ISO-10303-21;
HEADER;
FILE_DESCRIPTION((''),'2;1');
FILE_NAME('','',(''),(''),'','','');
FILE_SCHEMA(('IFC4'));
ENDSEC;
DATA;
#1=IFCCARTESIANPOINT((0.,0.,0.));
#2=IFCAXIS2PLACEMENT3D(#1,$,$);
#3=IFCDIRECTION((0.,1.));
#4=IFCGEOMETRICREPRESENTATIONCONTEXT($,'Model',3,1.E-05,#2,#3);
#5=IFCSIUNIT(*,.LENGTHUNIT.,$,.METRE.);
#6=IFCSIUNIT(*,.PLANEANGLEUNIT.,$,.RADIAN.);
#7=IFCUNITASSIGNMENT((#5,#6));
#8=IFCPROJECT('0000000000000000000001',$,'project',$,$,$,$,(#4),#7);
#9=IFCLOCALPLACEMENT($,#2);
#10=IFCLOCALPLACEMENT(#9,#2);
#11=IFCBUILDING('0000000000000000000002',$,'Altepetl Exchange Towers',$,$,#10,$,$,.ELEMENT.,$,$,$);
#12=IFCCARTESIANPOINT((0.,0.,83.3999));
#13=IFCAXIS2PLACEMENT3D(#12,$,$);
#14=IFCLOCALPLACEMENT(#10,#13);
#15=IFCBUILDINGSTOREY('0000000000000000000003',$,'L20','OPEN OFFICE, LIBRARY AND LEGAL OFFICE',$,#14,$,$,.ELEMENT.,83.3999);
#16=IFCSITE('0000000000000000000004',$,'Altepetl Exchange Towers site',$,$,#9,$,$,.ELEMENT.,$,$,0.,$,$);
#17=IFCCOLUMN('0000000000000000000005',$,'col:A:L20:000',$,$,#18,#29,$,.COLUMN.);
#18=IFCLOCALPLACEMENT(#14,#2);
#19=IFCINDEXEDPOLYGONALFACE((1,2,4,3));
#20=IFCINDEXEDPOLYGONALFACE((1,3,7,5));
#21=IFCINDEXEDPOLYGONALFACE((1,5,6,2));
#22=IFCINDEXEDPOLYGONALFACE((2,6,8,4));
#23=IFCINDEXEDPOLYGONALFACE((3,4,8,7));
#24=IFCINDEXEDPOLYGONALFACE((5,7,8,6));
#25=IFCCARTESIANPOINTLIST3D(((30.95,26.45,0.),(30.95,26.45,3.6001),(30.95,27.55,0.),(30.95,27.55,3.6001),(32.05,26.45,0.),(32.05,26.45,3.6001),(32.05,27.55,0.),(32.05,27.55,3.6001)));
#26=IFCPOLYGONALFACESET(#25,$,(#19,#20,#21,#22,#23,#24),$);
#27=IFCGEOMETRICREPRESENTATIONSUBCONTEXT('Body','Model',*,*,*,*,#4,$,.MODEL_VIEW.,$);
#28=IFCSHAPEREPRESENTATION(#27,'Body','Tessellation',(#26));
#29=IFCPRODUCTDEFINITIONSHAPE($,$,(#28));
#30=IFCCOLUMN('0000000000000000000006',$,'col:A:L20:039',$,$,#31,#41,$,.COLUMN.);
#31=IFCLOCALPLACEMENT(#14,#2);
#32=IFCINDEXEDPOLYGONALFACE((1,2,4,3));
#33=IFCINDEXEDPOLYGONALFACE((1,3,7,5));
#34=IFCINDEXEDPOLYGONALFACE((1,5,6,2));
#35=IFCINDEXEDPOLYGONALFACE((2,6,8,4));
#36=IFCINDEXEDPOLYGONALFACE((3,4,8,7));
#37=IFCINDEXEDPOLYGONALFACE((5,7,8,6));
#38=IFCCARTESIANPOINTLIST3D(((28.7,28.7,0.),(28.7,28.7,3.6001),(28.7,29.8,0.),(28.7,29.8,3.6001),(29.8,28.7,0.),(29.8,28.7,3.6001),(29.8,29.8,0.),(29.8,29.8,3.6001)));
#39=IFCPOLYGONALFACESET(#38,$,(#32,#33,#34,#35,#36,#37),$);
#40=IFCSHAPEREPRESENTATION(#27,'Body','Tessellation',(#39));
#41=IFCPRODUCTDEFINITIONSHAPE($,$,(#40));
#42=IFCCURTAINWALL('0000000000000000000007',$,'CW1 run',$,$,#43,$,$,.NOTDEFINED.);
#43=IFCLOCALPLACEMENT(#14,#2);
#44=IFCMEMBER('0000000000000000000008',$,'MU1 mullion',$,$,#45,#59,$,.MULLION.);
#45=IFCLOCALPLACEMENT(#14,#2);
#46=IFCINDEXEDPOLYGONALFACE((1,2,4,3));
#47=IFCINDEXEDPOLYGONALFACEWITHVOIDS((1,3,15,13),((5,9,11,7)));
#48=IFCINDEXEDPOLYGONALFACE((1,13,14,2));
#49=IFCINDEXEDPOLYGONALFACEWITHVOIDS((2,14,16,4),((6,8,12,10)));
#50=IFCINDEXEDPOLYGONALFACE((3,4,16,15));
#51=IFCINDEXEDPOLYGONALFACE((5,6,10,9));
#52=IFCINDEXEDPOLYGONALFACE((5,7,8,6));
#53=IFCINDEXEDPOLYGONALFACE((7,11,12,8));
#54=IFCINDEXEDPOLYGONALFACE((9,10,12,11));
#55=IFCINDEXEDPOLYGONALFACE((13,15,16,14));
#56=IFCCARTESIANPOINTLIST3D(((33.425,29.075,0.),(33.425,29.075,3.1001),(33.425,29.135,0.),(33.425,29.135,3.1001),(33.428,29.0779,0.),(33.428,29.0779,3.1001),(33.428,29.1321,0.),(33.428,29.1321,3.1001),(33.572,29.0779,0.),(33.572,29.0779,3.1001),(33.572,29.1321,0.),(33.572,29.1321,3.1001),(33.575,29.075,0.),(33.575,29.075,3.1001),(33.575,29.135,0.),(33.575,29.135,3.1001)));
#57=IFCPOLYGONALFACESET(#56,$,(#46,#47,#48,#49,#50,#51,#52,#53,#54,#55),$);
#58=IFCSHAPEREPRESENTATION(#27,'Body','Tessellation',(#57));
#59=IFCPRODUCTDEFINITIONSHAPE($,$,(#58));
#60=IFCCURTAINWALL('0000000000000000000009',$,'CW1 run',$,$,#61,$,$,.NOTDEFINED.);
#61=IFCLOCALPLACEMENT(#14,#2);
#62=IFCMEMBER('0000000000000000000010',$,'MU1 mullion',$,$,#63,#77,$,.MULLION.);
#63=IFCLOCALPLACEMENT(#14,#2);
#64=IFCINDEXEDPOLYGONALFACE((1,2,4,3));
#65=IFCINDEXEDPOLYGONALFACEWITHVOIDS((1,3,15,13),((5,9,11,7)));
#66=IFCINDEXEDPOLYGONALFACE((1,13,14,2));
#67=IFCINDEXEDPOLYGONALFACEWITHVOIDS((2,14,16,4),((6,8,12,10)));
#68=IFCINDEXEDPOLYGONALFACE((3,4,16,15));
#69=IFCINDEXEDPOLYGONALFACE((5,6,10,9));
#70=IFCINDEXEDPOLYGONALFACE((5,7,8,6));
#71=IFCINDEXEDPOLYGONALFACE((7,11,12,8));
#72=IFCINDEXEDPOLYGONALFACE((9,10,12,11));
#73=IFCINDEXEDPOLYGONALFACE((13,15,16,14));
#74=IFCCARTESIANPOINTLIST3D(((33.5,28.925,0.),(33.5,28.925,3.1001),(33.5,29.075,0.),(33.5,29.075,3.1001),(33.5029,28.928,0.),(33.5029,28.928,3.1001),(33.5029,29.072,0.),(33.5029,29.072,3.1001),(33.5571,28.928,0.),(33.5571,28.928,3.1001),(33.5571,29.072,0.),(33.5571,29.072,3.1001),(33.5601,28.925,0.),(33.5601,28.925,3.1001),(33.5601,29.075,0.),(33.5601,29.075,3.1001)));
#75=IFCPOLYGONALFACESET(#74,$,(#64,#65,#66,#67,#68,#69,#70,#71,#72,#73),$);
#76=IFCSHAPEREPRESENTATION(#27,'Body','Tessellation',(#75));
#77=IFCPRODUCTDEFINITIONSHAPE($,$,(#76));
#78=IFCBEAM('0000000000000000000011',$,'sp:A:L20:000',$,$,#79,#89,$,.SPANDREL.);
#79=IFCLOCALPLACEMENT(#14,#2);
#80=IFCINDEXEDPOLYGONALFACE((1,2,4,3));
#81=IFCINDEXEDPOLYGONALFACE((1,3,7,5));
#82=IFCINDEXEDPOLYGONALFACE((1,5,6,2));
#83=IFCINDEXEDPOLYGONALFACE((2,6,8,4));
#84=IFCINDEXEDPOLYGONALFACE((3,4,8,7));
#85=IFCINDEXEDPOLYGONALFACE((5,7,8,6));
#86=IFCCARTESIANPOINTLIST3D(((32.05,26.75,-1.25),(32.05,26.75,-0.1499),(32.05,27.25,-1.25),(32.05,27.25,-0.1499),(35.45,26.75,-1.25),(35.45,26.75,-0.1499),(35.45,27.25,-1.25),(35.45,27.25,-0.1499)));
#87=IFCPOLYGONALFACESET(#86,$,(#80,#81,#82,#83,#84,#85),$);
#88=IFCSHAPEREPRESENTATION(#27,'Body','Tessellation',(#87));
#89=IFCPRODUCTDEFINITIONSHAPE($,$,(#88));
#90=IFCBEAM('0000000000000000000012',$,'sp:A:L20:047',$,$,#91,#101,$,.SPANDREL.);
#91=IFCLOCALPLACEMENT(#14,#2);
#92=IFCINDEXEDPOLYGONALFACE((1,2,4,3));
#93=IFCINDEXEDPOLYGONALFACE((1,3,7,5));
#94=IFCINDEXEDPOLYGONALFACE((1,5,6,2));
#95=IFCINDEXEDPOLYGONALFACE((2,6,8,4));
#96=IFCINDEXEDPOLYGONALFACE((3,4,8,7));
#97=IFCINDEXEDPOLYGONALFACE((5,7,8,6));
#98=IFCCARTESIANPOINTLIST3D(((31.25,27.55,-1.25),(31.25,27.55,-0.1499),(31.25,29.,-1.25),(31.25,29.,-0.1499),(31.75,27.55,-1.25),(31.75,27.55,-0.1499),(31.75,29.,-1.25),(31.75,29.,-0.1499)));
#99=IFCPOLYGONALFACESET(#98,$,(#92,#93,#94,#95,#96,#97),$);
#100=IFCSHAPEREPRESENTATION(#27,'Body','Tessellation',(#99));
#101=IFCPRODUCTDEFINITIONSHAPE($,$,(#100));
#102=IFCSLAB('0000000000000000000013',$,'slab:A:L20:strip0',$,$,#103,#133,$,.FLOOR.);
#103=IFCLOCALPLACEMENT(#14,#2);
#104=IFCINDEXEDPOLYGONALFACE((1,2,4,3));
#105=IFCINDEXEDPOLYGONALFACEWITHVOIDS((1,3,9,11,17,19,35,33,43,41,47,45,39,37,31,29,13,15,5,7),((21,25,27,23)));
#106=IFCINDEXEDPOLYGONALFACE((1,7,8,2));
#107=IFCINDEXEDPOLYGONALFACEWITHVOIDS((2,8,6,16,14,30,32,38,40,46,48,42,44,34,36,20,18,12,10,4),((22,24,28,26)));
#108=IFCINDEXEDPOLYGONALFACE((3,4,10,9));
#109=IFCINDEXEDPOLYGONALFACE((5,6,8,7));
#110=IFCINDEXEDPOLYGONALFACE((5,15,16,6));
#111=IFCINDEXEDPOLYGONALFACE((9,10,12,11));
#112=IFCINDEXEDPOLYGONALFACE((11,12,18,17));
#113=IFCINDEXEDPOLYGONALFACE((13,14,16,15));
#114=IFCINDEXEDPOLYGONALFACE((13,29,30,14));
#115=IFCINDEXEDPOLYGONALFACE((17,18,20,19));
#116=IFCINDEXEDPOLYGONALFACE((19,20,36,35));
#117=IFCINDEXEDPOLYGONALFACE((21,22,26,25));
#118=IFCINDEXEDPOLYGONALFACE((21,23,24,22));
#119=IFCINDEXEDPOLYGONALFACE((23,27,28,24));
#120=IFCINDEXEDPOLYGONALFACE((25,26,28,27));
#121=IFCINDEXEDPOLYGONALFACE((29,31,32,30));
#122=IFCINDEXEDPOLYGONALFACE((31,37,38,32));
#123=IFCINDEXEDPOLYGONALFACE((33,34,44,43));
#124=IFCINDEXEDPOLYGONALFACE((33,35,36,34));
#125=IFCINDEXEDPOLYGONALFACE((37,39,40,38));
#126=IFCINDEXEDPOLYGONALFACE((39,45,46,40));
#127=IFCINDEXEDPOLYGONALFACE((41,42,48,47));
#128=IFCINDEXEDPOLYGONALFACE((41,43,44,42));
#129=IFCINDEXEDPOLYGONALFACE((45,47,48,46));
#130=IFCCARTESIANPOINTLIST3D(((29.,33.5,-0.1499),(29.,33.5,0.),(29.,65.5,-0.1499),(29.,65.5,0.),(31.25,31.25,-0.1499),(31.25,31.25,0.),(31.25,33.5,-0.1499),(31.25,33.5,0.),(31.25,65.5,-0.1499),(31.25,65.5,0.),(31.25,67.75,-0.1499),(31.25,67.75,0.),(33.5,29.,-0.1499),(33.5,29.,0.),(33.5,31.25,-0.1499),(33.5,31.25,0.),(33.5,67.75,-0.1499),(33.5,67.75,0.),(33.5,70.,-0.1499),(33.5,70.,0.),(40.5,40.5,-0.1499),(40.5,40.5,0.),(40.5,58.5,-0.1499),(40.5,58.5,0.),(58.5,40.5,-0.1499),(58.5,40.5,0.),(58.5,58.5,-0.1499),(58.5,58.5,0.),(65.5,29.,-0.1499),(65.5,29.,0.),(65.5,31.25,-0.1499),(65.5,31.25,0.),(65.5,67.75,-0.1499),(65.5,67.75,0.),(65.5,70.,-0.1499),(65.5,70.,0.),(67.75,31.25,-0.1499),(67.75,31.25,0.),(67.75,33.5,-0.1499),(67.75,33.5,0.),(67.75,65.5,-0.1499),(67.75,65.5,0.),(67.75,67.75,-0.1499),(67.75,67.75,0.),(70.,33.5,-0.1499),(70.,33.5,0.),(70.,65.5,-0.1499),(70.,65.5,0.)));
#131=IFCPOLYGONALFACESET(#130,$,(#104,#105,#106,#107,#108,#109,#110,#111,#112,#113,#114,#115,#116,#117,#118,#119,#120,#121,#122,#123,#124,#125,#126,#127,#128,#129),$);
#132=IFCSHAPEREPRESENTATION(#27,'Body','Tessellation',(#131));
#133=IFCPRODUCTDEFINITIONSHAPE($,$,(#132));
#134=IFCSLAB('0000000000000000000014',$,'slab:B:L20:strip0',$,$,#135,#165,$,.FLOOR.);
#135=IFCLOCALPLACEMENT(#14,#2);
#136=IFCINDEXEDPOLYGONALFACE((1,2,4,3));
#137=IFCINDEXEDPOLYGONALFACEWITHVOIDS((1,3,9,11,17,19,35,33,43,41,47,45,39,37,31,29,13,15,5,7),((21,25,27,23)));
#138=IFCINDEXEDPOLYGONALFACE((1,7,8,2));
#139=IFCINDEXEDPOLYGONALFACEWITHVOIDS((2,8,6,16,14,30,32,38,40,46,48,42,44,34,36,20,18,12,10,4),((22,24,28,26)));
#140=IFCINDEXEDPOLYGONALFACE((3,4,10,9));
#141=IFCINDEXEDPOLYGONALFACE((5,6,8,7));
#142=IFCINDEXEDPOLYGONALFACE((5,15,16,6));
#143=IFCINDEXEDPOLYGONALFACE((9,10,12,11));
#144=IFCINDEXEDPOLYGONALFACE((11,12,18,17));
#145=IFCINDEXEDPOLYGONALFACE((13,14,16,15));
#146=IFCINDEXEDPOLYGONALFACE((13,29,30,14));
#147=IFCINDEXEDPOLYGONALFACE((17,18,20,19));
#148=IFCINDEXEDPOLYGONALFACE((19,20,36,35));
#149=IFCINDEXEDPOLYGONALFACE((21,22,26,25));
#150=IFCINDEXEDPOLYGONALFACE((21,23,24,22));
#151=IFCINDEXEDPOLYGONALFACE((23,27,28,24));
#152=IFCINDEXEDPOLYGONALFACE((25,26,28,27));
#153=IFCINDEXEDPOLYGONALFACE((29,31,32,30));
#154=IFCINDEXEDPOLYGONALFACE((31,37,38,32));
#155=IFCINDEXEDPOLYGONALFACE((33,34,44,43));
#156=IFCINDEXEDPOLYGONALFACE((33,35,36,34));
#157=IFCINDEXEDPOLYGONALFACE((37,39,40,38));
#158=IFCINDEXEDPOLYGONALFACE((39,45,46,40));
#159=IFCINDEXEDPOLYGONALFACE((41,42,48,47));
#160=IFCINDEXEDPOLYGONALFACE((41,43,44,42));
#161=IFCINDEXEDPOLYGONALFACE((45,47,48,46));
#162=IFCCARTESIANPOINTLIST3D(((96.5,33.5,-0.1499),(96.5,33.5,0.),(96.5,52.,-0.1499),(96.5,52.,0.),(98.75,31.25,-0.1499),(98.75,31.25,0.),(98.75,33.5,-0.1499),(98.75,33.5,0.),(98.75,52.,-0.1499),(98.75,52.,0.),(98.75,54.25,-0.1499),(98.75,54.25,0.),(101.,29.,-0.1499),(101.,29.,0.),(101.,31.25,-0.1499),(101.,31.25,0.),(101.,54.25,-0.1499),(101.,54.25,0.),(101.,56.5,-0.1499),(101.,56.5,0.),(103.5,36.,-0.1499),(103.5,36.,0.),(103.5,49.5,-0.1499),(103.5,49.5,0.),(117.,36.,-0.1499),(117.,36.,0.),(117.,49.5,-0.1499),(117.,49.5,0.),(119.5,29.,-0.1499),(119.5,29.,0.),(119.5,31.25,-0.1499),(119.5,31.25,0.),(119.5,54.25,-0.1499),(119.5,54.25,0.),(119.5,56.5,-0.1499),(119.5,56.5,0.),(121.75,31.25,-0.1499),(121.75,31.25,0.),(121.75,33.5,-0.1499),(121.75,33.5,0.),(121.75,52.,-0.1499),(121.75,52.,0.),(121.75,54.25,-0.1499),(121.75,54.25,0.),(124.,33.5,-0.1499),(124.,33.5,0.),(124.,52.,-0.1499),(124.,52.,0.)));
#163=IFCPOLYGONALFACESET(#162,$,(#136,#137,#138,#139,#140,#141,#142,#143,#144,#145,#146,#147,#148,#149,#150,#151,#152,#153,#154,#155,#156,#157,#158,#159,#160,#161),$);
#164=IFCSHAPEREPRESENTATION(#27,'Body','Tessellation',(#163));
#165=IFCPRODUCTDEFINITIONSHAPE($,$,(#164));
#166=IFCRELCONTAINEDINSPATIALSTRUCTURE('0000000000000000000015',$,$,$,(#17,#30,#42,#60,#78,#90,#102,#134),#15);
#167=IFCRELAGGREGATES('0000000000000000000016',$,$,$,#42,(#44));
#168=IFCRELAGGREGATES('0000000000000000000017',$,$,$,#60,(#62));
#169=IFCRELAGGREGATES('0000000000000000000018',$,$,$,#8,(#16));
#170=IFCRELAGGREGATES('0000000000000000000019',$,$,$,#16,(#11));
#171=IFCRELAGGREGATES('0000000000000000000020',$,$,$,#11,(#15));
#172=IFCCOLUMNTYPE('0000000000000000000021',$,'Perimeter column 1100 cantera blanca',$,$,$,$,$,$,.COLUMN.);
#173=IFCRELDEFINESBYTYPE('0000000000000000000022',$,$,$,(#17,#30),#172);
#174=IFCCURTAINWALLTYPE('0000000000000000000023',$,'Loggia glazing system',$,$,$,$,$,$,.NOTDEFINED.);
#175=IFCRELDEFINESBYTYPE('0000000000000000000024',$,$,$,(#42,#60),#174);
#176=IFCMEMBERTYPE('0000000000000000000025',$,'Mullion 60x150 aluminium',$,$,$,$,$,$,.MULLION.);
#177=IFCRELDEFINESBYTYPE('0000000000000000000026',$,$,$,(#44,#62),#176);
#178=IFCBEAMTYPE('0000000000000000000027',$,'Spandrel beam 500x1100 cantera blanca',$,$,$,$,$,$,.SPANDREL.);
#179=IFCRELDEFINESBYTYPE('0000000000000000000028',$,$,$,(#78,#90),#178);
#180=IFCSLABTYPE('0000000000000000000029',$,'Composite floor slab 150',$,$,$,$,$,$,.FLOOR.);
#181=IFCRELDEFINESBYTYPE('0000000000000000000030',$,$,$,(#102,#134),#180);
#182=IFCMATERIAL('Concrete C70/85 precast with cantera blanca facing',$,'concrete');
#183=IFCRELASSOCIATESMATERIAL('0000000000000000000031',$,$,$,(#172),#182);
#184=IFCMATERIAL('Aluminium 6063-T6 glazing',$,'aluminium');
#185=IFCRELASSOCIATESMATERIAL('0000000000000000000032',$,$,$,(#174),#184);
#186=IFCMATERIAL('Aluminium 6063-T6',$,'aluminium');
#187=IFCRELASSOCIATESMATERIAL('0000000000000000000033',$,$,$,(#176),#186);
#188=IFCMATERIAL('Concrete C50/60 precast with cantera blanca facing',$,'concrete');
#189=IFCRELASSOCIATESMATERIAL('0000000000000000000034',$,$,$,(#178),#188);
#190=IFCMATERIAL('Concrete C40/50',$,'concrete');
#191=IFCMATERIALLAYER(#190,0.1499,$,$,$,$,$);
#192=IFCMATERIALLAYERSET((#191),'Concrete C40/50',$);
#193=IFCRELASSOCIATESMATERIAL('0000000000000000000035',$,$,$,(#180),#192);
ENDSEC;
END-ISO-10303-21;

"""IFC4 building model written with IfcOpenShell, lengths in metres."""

from ifc_helpers import new_model, si_unit, direction, frame, origin, origin_2d, place, context, subcontext, project, spatial, polyline, rectangle, hollow_rectangle, outline, extrude, material, layer, layer_set, material_profile, profile_set, type_object, element, aggregate, save


model = new_model("IFC4")

# Units and contexts
model_context = context("Model", 3, precision=1e-05, world=origin(), true_north=direction((0.0, 1.0)))
body_context = subcontext(model_context, "Body", "Model", "MODEL_VIEW")
ifc_project = project(units=[si_unit("LENGTHUNIT", "METRE"), si_unit("PLANEANGLEUNIT", "RADIAN")], contexts=[model_context])

# Site, building, storey
site_placement = place(None, origin())
site = spatial("IfcSite", under=ifc_project, at=site_placement, Name="Altepetl Exchange Towers site", CompositionType="ELEMENT", RefElevation=0.0)
building_placement = place(site_placement, origin())
building = spatial("IfcBuilding", under=site, at=building_placement, Name="Altepetl Exchange Towers", CompositionType="ELEMENT")
storey_placement = place(building_placement, frame((0.0, 0.0, 83.3999)))
storey = spatial("IfcBuildingStorey", under=building, at=storey_placement, Name="L20", Description="OPEN OFFICE, LIBRARY AND LEGAL OFFICE", CompositionType="ELEMENT", Elevation=83.3999)

# Columns
ifc_material_1 = material(Name="Concrete C70/85 precast with cantera blanca facing", Category="concrete")
ifc_material_profile_1 = material_profile(ifc_material_1, rectangle(XDim=1.1001, YDim=1.1001, at=origin_2d()), Name="1100 x 1100")
ifc_profile_set_1 = profile_set([ifc_material_profile_1], Name="Concrete C70/85 precast with cantera blanca facing")
column_type = type_object("IfcColumnType", Name="Perimeter column 1100 cantera blanca", PredefinedType="COLUMN", material=ifc_profile_set_1)
for number, where, name in (
    (1, (31.5, 27.0, 0.0), "col:A:L20:000"),
    (2, (29.25, 29.25, 0.0), "col:A:L20:039"),
):
    element("IfcColumn", number, at=place(storey_placement, frame(where)), inside=storey, type_object=column_type, Name=name, PredefinedType="COLUMN", context=body_context, shape_type="SweptSolid", body=[
        extrude(rectangle(XDim=1.1001, YDim=1.1001, at=origin_2d()), origin(), (0.0, 0.0, 1.0), 3.6001),
    ])

# Curtain walls, members
ifc_material_2 = material(Name="Aluminium 6063-T6 glazing", Category="aluminium")
curtain_wall_type = type_object("IfcCurtainWallType", Name="Loggia glazing system", PredefinedType="NOTDEFINED", material=ifc_material_2)
curtain_wall_1_placement = place(storey_placement, origin())
curtain_wall_1 = element("IfcCurtainWall", 3, at=curtain_wall_1_placement, inside=storey, type_object=curtain_wall_type, Name="CW1 run", PredefinedType="NOTDEFINED")
ifc_material_3 = material(Name="Aluminium 6063-T6", Category="aluminium")
ifc_material_profile_2 = material_profile(ifc_material_3, hollow_rectangle(XDim=0.0601, YDim=0.1499, WallThickness=0.0029, at=origin_2d()), Name="Mullion 60x150 aluminium")
ifc_profile_set_2 = profile_set([ifc_material_profile_2], Name="Aluminium 6063-T6")
member_type = type_object("IfcMemberType", Name="Mullion 60x150 aluminium", PredefinedType="MULLION", material=ifc_profile_set_2)
member_1_placement = place(storey_placement, frame((33.5, 29.105, 0.0), z_axis=(0.0, 0.0, 1.0), x_axis=(0.0, -1.0, 0.0)))
member_1 = element("IfcMember", 4, at=member_1_placement, type_object=member_type, Name="MU1 mullion", PredefinedType="MULLION", context=body_context, shape_type="SweptSolid", body=[
    extrude(hollow_rectangle(XDim=0.0601, YDim=0.1499, WallThickness=0.0029, at=origin_2d()), origin(), (0.0, 0.0, 1.0), 3.1001),
])
aggregate(curtain_wall_1, [member_1])
curtain_wall_2_placement = place(storey_placement, origin())
curtain_wall_2 = element("IfcCurtainWall", 5, at=curtain_wall_2_placement, inside=storey, type_object=curtain_wall_type, Name="CW1 run", PredefinedType="NOTDEFINED")
member_2_placement = place(storey_placement, frame((33.53, 29.0, 0.0)))
member_2 = element("IfcMember", 6, at=member_2_placement, type_object=member_type, Name="MU1 mullion", PredefinedType="MULLION", context=body_context, shape_type="SweptSolid", body=[
    extrude(hollow_rectangle(XDim=0.0601, YDim=0.1499, WallThickness=0.0029, at=origin_2d()), origin(), (0.0, 0.0, 1.0), 3.1001),
])
aggregate(curtain_wall_2, [member_2])

# Beams
ifc_material_4 = material(Name="Concrete C50/60 precast with cantera blanca facing", Category="concrete")
ifc_material_profile_3 = material_profile(ifc_material_4, rectangle(XDim=0.5, YDim=1.1001, at=origin_2d()), Name="500 x 1100")
ifc_profile_set_3 = profile_set([ifc_material_profile_3], Name="Concrete C50/60 precast with cantera blanca facing")
beam_type = type_object("IfcBeamType", Name="Spandrel beam 500x1100 cantera blanca", PredefinedType="SPANDREL", material=ifc_profile_set_3)
beam_1_placement = place(storey_placement, frame((32.05, 27.0, -0.7), z_axis=(1.0, 0.0, 0.0), x_axis=(0.0, 1.0, 0.0)))
element("IfcBeam", 7, at=beam_1_placement, inside=storey, type_object=beam_type, Name="sp:A:L20:000", PredefinedType="SPANDREL", context=body_context, shape_type="SweptSolid", body=[
    extrude(rectangle(XDim=0.5, YDim=1.1001, at=origin_2d()), origin(), (0.0, 0.0, 1.0), 3.3999),
])
beam_2_placement = place(storey_placement, frame((31.5, 29.0, -0.7), z_axis=(0.0, -1.0, 0.0), x_axis=(1.0, 0.0, 0.0)))
element("IfcBeam", 8, at=beam_2_placement, inside=storey, type_object=beam_type, Name="sp:A:L20:047", PredefinedType="SPANDREL", context=body_context, shape_type="SweptSolid", body=[
    extrude(rectangle(XDim=0.5, YDim=1.1001, at=origin_2d()), origin(), (0.0, 0.0, 1.0), 1.45),
])

# Slabs
ifc_material_5 = material(Name="Concrete C40/50", Category="concrete")
ifc_layer_1 = layer(ifc_material_5, 0.1499)
ifc_layer_set_1 = layer_set([ifc_layer_1], Name="Concrete C40/50")
slab_type_1 = type_object("IfcSlabType", Name="Composite floor slab 150", PredefinedType="FLOOR", material=ifc_layer_set_1)
slab_1_placement = place(storey_placement, frame((0.0, 0.0, -0.1499)))
element("IfcSlab", 9, at=slab_1_placement, inside=storey, type_object=slab_type_1, Name="slab:A:L20:strip0", PredefinedType="FLOOR", context=body_context, shape_type="SweptSolid", body=[
    extrude(outline(polyline([(31.25, 67.75), (31.25, 65.5), (29.0, 65.5), (29.0, 33.5), (31.25, 33.5), (31.25, 31.25), (33.5, 31.25), (33.5, 29.0), (65.5, 29.0), (65.5, 31.25), (67.75, 31.25), (67.75, 33.5), (70.0, 33.5), (70.0, 65.5), (67.75, 65.5), (67.75, 67.75), (65.5, 67.75), (65.5, 70.0), (33.5, 70.0), (33.5, 67.75), (31.25, 67.75)]), holes=[polyline([(58.5, 58.5), (58.5, 40.5), (40.5, 40.5), (40.5, 58.5), (58.5, 58.5)])]), origin(), (0.0, 0.0, 1.0), 0.1499),
])
slab_2_placement = place(storey_placement, frame((0.0, 0.0, -0.1499)))
element("IfcSlab", 10, at=slab_2_placement, inside=storey, type_object=slab_type_1, Name="slab:B:L20:strip0", PredefinedType="FLOOR", context=body_context, shape_type="SweptSolid", body=[
    extrude(outline(polyline([(98.75, 54.25), (98.75, 52.0), (96.5, 52.0), (96.5, 33.5), (98.75, 33.5), (98.75, 31.25), (101.0, 31.25), (101.0, 29.0), (119.5, 29.0), (119.5, 31.25), (121.75, 31.25), (121.75, 33.5), (124.0, 33.5), (124.0, 52.0), (121.75, 52.0), (121.75, 54.25), (119.5, 54.25), (119.5, 56.5), (101.0, 56.5), (101.0, 54.25), (98.75, 54.25)]), holes=[polyline([(117.0, 49.5), (117.0, 36.0), (103.5, 36.0), (103.5, 49.5), (117.0, 49.5)])]), origin(), (0.0, 0.0, 1.0), 0.1499),
])

save(model, "model.ifc")
